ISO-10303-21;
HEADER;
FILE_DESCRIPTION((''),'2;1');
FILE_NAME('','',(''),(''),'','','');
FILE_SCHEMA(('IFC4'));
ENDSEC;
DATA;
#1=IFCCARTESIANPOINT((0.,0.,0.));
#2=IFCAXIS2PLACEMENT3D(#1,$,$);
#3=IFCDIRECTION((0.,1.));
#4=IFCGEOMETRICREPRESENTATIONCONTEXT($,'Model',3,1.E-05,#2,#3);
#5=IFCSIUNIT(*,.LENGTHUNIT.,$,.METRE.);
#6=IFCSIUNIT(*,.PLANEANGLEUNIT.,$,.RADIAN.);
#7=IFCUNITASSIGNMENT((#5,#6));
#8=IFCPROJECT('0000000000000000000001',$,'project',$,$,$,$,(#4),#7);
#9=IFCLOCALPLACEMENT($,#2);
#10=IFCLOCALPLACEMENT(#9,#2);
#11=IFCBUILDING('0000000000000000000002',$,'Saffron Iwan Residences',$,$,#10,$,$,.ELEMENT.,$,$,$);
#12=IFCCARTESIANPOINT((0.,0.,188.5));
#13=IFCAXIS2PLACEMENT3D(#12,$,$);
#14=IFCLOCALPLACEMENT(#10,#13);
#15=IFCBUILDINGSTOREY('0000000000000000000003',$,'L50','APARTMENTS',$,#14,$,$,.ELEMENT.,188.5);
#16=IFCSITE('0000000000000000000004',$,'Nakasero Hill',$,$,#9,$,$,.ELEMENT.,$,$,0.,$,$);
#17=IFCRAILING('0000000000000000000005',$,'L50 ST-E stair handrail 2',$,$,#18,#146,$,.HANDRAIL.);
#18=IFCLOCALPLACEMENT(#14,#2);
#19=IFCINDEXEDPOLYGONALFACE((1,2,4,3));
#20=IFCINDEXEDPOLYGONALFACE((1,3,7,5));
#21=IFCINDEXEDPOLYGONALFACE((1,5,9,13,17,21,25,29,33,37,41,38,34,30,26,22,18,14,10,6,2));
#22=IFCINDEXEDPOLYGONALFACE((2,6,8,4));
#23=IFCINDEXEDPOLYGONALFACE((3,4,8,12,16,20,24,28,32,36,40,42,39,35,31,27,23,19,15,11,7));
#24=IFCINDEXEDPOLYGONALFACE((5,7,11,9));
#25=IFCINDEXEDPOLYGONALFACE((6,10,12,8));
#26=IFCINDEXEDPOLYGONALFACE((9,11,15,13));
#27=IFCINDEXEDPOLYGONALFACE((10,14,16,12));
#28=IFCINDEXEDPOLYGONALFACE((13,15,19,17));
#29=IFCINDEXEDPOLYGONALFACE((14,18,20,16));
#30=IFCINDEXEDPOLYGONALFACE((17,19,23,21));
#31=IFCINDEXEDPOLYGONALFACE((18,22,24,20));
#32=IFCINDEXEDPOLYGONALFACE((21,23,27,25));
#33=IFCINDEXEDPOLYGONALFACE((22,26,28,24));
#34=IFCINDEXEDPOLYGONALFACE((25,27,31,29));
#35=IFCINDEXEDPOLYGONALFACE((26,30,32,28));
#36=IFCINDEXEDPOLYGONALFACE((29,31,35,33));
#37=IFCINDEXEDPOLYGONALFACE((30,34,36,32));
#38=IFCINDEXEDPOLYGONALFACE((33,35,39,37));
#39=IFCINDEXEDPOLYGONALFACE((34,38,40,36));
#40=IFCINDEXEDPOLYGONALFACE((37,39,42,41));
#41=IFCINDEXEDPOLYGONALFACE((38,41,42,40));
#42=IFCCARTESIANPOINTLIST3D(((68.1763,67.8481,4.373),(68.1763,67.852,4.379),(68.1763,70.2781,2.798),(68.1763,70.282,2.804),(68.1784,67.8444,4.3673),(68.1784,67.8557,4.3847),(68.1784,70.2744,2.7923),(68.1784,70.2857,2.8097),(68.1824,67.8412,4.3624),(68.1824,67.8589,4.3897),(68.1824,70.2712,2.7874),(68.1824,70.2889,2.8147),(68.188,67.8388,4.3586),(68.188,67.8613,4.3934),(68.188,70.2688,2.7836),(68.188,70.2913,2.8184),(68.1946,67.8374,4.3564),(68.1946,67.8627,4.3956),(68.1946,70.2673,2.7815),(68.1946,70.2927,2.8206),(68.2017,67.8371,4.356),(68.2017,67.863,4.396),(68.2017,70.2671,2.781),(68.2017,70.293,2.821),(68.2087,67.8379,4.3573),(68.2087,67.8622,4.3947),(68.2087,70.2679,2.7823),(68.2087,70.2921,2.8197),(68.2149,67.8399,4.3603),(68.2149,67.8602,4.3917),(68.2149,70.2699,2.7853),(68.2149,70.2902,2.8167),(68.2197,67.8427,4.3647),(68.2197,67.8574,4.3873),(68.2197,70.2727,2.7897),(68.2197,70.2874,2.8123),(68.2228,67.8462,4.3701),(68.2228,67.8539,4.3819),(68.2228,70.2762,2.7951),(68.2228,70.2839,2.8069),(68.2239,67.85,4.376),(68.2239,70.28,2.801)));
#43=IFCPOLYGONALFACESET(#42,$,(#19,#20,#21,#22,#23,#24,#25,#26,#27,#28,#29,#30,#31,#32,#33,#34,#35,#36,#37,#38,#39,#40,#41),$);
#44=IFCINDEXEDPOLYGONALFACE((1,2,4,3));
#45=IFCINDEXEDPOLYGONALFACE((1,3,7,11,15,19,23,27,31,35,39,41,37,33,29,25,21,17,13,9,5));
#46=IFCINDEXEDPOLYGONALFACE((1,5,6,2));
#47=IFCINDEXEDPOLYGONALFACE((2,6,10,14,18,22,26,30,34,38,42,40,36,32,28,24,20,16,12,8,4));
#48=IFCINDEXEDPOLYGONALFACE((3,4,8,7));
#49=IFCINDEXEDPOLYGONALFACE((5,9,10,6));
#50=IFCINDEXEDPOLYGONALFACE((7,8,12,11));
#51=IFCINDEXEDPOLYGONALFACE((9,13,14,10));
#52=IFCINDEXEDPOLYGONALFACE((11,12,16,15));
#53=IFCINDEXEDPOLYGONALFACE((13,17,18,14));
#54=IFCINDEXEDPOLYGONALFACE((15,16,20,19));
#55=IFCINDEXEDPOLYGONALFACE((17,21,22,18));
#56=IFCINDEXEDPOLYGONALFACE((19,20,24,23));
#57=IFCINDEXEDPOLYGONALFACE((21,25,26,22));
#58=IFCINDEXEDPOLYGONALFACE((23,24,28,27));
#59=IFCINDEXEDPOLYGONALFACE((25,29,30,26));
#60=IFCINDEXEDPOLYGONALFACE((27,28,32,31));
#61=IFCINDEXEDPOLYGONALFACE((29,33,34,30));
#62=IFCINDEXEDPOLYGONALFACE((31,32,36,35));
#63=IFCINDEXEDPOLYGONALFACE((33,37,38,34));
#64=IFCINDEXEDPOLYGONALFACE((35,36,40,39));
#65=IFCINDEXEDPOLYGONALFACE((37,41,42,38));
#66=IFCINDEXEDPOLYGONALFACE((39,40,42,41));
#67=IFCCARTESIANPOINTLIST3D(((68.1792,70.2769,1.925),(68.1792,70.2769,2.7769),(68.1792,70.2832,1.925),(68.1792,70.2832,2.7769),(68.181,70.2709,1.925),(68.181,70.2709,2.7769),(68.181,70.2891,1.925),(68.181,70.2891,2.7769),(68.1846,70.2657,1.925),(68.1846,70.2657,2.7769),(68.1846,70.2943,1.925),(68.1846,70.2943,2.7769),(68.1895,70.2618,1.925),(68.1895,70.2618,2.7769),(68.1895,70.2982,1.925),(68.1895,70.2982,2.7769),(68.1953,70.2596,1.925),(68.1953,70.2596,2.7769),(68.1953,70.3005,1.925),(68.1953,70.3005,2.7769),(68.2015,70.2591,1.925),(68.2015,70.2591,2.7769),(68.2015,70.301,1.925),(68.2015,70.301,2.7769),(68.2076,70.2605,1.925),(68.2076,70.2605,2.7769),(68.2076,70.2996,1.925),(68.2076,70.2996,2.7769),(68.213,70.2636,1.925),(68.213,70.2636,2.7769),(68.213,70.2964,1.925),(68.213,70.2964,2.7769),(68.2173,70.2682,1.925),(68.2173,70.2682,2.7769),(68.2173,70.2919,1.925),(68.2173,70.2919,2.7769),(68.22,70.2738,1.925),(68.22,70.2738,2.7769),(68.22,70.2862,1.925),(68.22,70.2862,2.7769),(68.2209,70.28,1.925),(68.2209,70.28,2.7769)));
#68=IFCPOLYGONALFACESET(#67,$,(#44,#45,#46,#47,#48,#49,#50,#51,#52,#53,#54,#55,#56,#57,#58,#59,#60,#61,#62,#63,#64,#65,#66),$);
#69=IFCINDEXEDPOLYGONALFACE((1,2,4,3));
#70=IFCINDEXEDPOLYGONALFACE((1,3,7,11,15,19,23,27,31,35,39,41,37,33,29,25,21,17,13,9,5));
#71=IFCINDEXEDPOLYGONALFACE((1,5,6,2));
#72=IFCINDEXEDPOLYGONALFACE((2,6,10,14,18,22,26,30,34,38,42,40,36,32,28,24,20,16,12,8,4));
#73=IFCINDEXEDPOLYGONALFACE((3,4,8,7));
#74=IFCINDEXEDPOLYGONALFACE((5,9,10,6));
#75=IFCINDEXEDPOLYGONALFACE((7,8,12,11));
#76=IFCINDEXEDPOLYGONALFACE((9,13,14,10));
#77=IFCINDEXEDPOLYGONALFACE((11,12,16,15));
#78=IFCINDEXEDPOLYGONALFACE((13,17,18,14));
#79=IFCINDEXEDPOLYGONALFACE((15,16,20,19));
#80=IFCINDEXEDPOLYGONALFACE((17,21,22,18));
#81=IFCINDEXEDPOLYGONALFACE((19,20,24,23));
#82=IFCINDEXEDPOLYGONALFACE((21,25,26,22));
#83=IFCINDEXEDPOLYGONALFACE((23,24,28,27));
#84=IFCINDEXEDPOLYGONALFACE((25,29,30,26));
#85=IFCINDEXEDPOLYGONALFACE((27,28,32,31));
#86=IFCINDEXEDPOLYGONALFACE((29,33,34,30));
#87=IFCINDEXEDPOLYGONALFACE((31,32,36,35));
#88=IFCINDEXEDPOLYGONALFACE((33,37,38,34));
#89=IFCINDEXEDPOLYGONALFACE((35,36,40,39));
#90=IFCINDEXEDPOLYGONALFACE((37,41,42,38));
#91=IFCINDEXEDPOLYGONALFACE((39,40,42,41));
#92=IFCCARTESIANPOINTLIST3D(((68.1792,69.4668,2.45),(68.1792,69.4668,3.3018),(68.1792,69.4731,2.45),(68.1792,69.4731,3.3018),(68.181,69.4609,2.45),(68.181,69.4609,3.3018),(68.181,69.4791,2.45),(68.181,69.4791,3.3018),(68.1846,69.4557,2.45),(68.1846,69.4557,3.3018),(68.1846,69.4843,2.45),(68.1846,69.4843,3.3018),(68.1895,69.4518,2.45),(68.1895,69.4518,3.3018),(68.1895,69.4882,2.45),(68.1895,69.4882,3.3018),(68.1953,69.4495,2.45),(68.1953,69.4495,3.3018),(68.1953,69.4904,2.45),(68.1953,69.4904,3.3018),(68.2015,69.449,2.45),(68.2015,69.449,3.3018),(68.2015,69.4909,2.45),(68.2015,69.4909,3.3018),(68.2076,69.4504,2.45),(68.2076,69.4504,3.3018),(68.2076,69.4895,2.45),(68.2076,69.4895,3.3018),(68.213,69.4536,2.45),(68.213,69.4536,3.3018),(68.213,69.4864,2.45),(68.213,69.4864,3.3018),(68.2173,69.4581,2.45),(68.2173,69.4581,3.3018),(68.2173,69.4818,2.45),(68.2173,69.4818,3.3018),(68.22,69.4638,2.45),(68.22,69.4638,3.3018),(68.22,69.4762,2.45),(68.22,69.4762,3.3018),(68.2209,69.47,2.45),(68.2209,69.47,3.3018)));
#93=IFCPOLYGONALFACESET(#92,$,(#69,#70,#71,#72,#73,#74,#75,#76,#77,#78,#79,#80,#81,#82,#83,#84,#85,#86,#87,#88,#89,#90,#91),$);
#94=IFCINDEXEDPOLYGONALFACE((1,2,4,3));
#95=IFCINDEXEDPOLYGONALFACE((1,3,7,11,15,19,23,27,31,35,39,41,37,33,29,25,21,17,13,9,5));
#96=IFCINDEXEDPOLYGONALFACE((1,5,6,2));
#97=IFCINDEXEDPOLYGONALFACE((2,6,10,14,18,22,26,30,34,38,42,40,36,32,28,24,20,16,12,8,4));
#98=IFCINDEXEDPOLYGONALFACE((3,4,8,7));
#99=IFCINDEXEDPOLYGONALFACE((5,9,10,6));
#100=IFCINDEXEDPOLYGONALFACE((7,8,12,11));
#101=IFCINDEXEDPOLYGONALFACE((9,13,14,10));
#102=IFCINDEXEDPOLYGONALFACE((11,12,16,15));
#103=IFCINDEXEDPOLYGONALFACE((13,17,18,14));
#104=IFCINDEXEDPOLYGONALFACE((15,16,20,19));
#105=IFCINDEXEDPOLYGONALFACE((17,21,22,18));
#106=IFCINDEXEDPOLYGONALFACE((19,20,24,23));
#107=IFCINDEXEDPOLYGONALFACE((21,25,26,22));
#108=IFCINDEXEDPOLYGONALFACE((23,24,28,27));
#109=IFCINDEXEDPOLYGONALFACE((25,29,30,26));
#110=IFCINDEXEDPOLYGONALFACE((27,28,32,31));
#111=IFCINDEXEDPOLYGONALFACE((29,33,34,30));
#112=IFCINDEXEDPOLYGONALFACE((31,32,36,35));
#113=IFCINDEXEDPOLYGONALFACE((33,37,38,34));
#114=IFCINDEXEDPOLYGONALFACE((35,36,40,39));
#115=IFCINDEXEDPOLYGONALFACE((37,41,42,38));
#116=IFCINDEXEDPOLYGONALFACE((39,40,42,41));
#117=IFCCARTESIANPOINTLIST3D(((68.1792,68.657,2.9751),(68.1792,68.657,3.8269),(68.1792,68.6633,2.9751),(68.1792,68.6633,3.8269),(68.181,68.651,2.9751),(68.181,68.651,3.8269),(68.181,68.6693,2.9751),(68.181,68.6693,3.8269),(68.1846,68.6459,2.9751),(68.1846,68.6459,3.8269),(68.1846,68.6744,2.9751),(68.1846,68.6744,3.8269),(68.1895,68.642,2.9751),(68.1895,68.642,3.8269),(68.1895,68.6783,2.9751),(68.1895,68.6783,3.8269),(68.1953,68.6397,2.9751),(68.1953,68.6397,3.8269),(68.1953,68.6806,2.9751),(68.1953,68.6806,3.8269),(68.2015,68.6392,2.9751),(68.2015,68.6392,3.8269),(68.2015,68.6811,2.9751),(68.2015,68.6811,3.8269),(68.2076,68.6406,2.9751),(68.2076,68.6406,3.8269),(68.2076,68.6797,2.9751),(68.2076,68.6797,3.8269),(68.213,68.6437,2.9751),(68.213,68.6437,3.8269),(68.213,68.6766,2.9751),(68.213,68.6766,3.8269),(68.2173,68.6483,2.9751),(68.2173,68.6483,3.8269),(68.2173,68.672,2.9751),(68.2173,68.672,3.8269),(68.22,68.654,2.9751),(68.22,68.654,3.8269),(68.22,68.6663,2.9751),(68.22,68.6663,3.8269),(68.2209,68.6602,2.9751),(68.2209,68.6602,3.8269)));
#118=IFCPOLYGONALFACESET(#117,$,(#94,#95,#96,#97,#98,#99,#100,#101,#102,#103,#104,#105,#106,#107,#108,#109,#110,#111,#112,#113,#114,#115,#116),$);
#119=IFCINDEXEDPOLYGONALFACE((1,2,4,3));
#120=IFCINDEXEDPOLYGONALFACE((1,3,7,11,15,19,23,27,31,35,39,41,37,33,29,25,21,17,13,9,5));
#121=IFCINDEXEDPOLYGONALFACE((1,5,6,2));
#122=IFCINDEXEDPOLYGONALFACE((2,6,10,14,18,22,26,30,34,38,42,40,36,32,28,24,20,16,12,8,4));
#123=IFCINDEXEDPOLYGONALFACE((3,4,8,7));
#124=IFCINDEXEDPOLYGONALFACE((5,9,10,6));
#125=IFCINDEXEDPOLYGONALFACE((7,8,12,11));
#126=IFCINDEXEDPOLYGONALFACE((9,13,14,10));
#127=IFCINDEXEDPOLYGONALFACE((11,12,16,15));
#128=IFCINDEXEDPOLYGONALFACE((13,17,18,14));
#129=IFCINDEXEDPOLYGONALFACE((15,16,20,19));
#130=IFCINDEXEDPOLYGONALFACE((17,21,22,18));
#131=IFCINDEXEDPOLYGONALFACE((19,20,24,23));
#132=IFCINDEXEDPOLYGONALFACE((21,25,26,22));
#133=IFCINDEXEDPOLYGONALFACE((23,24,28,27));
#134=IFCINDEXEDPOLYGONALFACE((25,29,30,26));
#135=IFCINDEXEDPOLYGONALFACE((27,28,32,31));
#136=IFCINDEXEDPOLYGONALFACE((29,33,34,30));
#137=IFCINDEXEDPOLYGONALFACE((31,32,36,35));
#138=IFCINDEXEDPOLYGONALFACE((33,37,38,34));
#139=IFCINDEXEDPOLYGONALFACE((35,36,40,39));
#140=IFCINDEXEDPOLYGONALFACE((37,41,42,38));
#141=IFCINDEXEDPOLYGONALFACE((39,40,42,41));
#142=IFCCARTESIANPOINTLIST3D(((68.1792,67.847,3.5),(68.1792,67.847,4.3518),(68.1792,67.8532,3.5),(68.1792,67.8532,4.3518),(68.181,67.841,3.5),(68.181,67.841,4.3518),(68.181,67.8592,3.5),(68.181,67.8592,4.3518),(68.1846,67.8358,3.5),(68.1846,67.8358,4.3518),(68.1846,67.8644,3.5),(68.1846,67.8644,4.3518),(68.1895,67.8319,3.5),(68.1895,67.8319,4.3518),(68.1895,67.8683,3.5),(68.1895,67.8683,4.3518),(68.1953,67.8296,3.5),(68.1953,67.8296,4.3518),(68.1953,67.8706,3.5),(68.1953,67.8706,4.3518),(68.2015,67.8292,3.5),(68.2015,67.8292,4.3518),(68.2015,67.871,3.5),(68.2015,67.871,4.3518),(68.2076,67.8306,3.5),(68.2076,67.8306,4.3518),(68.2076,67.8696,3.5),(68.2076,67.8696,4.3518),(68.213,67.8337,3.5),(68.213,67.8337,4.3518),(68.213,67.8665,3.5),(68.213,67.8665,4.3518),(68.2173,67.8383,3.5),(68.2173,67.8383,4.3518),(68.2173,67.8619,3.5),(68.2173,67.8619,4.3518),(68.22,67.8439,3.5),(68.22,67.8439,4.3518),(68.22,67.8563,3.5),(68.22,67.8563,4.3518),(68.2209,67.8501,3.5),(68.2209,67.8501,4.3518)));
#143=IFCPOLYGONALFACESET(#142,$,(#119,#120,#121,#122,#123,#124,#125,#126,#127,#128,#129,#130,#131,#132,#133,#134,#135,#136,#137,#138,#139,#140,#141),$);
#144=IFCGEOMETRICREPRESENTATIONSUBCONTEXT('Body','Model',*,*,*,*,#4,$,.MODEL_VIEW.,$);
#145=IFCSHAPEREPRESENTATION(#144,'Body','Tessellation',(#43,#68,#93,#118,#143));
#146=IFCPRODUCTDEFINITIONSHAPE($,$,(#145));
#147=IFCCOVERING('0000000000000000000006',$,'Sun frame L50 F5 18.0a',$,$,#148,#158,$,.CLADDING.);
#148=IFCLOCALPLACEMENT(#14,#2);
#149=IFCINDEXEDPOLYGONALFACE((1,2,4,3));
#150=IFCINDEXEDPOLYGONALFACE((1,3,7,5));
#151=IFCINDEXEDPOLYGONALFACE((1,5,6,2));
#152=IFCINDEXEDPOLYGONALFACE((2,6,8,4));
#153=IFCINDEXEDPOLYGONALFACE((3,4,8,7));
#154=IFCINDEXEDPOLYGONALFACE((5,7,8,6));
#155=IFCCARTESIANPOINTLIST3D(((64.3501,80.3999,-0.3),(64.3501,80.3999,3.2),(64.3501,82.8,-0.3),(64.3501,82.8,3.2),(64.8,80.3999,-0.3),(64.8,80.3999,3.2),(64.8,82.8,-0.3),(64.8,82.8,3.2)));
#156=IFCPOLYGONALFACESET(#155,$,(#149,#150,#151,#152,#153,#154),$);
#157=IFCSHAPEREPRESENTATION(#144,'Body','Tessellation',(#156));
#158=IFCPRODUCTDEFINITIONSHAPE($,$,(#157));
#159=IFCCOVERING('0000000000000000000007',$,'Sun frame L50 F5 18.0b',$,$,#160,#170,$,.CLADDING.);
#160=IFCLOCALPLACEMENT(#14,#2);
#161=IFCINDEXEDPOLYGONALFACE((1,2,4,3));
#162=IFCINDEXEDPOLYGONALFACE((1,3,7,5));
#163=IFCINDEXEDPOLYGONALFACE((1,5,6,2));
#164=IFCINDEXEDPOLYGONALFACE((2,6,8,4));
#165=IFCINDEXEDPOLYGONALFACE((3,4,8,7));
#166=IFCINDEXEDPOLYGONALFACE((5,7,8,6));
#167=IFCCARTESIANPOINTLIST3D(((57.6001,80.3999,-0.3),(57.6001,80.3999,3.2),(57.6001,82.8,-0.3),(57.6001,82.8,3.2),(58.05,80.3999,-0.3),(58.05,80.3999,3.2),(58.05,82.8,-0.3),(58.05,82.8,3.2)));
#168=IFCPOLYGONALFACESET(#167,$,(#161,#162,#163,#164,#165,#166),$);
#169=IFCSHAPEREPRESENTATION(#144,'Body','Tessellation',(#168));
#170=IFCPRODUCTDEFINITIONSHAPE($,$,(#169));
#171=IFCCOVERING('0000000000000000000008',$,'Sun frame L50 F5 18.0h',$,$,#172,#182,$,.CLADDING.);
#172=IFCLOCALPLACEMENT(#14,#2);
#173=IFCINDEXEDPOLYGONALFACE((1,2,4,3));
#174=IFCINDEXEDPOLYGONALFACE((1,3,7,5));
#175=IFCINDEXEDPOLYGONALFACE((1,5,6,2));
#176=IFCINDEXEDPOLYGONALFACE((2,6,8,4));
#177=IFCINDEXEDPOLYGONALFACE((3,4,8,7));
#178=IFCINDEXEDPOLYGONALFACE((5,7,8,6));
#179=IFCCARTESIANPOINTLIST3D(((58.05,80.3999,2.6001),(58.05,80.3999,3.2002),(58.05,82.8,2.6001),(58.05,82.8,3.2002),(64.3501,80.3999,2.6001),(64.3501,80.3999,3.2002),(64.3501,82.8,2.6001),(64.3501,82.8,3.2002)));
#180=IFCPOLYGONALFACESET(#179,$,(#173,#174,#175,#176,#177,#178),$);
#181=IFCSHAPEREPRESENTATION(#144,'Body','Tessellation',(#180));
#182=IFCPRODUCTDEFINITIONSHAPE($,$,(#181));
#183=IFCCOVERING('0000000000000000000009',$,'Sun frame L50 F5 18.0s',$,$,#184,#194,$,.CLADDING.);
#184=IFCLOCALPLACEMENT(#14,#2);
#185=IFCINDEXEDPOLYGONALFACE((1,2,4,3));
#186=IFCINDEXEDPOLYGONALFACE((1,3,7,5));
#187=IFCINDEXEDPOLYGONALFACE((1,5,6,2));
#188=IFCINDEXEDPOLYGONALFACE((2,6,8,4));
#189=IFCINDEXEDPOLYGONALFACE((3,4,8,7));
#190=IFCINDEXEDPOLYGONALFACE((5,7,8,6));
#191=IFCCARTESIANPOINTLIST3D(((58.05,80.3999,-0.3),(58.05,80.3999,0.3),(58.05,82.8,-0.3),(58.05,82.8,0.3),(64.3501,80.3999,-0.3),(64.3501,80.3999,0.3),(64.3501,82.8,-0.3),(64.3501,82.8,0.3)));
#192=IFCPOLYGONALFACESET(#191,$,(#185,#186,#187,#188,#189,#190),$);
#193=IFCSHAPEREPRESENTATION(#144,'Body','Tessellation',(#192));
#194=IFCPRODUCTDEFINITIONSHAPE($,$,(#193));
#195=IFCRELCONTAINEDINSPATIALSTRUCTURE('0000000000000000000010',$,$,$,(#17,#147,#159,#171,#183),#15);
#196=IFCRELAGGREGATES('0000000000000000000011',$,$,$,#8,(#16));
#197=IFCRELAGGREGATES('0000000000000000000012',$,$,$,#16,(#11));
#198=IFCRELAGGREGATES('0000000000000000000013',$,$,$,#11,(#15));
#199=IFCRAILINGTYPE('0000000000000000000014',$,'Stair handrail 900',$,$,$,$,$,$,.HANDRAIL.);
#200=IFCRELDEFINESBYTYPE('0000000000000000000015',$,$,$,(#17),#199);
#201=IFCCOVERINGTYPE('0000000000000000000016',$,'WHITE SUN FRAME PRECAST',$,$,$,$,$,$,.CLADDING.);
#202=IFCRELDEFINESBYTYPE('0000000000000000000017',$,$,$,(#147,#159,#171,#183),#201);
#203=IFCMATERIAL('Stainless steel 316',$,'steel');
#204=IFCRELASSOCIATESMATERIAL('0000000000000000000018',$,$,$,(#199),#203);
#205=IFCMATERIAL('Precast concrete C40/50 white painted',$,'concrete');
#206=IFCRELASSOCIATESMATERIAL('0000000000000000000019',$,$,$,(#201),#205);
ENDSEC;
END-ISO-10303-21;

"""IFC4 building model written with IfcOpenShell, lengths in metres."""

from ifc_helpers import new_model, si_unit, direction, frame, origin, origin_2d, place, context, subcontext, project, spatial, polyline, circle, outline, extrude, material, type_object, element, save


model = new_model("IFC4")

# Units and contexts
model_context = context("Model", 3, precision=1e-05, world=origin(), true_north=direction((0.0, 1.0)))
body_context = subcontext(model_context, "Body", "Model", "MODEL_VIEW")
ifc_project = project(units=[si_unit("LENGTHUNIT", "METRE"), si_unit("PLANEANGLEUNIT", "RADIAN")], contexts=[model_context])

# Site, building, storey
site_placement = place(None, origin())
site = spatial("IfcSite", under=ifc_project, at=site_placement, Name="Nakasero Hill", CompositionType="ELEMENT", RefElevation=0.0)
building_placement = place(site_placement, origin())
building = spatial("IfcBuilding", under=site, at=building_placement, Name="Saffron Iwan Residences", CompositionType="ELEMENT")
storey_placement = place(building_placement, frame((0.0, 0.0, 188.5)))
storey = spatial("IfcBuildingStorey", under=building, at=storey_placement, Name="L50", Description="APARTMENTS", CompositionType="ELEMENT", Elevation=188.5)

# Railing
ifc_material_1 = material(Name="Stainless steel 316", Category="steel")
railing_type = type_object("IfcRailingType", Name="Stair handrail 900", PredefinedType="HANDRAIL", material=ifc_material_1)
railing_1_placement = place(storey_placement, frame((68.2, 70.28, 1.925)))
element("IfcRailing", 1, at=railing_1_placement, inside=storey, type_object=railing_type, Name="L50 ST-E stair handrail 2", PredefinedType="HANDRAIL", context=body_context, shape_type="SweptSolid", body=[
    extrude(circle(Radius=0.0239, at=origin_2d()), frame((0.0, 0.0, 0.876), z_axis=(0.0, -0.839154, 0.543894), x_axis=(1.0, 0.0, 0.0)), (0.0, 0.0, 1.0), 2.8958),
    extrude(circle(Radius=0.021, at=origin_2d()), origin(), (0.0, 0.0, 1.0), 0.8518),
    extrude(circle(Radius=0.021, at=origin_2d()), frame((0.0, -0.8101, 0.5249)), (0.0, 0.0, 1.0), 0.8518),
    extrude(circle(Radius=0.021, at=origin_2d()), frame((0.0, -1.6199, 1.05)), (0.0, 0.0, 1.0), 0.8518),
    extrude(circle(Radius=0.021, at=origin_2d()), frame((0.0, -2.4299, 1.575)), (0.0, 0.0, 1.0), 0.8518),
])

# Coverings
ifc_material_2 = material(Name="Precast concrete C40/50 white painted", Category="concrete")
covering_type_1 = type_object("IfcCoveringType", Name="WHITE SUN FRAME PRECAST", PredefinedType="CLADDING", material=ifc_material_2)
for number, where, z_axis, x_axis, name in (
    (2, (64.8, 80.3999, -0.3), (0.0, 1.0, 0.0), (-1.0, 0.0, 0.0), "Sun frame L50 F5 18.0a"),
    (3, (58.05, 80.3999, -0.3), (0.0, 1.0, 0.0), (-1.0, 0.0, 0.0), "Sun frame L50 F5 18.0b"),
):
    element("IfcCovering", number, at=place(storey_placement, frame(where, z_axis=z_axis, x_axis=x_axis)), inside=storey, type_object=covering_type_1, Name=name, PredefinedType="CLADDING", context=body_context, shape_type="SweptSolid", body=[
        extrude(outline(polyline([(0.0, 0.0), (0.45, 0.0), (0.45, 3.5), (0.0, 3.5), (0.0, 0.0)])), origin(), (0.0, 0.0, 1.0), 2.4001),
    ])
for number, where, z_axis, x_axis, name in (
    (4, (64.3501, 80.3999, 2.6001), (0.0, 1.0, 0.0), (-1.0, 0.0, 0.0), "Sun frame L50 F5 18.0h"),
    (5, (64.3501, 80.3999, -0.3), (0.0, 1.0, 0.0), (-1.0, 0.0, 0.0), "Sun frame L50 F5 18.0s"),
):
    element("IfcCovering", number, at=place(storey_placement, frame(where, z_axis=z_axis, x_axis=x_axis)), inside=storey, type_object=covering_type_1, Name=name, PredefinedType="CLADDING", context=body_context, shape_type="SweptSolid", body=[
        extrude(outline(polyline([(0.0, 0.0), (6.3, 0.0), (6.3, 0.6001), (0.0, 0.6001), (0.0, 0.0)])), origin(), (0.0, 0.0, 1.0), 2.4001),
    ])

save(model, "model.ifc")
